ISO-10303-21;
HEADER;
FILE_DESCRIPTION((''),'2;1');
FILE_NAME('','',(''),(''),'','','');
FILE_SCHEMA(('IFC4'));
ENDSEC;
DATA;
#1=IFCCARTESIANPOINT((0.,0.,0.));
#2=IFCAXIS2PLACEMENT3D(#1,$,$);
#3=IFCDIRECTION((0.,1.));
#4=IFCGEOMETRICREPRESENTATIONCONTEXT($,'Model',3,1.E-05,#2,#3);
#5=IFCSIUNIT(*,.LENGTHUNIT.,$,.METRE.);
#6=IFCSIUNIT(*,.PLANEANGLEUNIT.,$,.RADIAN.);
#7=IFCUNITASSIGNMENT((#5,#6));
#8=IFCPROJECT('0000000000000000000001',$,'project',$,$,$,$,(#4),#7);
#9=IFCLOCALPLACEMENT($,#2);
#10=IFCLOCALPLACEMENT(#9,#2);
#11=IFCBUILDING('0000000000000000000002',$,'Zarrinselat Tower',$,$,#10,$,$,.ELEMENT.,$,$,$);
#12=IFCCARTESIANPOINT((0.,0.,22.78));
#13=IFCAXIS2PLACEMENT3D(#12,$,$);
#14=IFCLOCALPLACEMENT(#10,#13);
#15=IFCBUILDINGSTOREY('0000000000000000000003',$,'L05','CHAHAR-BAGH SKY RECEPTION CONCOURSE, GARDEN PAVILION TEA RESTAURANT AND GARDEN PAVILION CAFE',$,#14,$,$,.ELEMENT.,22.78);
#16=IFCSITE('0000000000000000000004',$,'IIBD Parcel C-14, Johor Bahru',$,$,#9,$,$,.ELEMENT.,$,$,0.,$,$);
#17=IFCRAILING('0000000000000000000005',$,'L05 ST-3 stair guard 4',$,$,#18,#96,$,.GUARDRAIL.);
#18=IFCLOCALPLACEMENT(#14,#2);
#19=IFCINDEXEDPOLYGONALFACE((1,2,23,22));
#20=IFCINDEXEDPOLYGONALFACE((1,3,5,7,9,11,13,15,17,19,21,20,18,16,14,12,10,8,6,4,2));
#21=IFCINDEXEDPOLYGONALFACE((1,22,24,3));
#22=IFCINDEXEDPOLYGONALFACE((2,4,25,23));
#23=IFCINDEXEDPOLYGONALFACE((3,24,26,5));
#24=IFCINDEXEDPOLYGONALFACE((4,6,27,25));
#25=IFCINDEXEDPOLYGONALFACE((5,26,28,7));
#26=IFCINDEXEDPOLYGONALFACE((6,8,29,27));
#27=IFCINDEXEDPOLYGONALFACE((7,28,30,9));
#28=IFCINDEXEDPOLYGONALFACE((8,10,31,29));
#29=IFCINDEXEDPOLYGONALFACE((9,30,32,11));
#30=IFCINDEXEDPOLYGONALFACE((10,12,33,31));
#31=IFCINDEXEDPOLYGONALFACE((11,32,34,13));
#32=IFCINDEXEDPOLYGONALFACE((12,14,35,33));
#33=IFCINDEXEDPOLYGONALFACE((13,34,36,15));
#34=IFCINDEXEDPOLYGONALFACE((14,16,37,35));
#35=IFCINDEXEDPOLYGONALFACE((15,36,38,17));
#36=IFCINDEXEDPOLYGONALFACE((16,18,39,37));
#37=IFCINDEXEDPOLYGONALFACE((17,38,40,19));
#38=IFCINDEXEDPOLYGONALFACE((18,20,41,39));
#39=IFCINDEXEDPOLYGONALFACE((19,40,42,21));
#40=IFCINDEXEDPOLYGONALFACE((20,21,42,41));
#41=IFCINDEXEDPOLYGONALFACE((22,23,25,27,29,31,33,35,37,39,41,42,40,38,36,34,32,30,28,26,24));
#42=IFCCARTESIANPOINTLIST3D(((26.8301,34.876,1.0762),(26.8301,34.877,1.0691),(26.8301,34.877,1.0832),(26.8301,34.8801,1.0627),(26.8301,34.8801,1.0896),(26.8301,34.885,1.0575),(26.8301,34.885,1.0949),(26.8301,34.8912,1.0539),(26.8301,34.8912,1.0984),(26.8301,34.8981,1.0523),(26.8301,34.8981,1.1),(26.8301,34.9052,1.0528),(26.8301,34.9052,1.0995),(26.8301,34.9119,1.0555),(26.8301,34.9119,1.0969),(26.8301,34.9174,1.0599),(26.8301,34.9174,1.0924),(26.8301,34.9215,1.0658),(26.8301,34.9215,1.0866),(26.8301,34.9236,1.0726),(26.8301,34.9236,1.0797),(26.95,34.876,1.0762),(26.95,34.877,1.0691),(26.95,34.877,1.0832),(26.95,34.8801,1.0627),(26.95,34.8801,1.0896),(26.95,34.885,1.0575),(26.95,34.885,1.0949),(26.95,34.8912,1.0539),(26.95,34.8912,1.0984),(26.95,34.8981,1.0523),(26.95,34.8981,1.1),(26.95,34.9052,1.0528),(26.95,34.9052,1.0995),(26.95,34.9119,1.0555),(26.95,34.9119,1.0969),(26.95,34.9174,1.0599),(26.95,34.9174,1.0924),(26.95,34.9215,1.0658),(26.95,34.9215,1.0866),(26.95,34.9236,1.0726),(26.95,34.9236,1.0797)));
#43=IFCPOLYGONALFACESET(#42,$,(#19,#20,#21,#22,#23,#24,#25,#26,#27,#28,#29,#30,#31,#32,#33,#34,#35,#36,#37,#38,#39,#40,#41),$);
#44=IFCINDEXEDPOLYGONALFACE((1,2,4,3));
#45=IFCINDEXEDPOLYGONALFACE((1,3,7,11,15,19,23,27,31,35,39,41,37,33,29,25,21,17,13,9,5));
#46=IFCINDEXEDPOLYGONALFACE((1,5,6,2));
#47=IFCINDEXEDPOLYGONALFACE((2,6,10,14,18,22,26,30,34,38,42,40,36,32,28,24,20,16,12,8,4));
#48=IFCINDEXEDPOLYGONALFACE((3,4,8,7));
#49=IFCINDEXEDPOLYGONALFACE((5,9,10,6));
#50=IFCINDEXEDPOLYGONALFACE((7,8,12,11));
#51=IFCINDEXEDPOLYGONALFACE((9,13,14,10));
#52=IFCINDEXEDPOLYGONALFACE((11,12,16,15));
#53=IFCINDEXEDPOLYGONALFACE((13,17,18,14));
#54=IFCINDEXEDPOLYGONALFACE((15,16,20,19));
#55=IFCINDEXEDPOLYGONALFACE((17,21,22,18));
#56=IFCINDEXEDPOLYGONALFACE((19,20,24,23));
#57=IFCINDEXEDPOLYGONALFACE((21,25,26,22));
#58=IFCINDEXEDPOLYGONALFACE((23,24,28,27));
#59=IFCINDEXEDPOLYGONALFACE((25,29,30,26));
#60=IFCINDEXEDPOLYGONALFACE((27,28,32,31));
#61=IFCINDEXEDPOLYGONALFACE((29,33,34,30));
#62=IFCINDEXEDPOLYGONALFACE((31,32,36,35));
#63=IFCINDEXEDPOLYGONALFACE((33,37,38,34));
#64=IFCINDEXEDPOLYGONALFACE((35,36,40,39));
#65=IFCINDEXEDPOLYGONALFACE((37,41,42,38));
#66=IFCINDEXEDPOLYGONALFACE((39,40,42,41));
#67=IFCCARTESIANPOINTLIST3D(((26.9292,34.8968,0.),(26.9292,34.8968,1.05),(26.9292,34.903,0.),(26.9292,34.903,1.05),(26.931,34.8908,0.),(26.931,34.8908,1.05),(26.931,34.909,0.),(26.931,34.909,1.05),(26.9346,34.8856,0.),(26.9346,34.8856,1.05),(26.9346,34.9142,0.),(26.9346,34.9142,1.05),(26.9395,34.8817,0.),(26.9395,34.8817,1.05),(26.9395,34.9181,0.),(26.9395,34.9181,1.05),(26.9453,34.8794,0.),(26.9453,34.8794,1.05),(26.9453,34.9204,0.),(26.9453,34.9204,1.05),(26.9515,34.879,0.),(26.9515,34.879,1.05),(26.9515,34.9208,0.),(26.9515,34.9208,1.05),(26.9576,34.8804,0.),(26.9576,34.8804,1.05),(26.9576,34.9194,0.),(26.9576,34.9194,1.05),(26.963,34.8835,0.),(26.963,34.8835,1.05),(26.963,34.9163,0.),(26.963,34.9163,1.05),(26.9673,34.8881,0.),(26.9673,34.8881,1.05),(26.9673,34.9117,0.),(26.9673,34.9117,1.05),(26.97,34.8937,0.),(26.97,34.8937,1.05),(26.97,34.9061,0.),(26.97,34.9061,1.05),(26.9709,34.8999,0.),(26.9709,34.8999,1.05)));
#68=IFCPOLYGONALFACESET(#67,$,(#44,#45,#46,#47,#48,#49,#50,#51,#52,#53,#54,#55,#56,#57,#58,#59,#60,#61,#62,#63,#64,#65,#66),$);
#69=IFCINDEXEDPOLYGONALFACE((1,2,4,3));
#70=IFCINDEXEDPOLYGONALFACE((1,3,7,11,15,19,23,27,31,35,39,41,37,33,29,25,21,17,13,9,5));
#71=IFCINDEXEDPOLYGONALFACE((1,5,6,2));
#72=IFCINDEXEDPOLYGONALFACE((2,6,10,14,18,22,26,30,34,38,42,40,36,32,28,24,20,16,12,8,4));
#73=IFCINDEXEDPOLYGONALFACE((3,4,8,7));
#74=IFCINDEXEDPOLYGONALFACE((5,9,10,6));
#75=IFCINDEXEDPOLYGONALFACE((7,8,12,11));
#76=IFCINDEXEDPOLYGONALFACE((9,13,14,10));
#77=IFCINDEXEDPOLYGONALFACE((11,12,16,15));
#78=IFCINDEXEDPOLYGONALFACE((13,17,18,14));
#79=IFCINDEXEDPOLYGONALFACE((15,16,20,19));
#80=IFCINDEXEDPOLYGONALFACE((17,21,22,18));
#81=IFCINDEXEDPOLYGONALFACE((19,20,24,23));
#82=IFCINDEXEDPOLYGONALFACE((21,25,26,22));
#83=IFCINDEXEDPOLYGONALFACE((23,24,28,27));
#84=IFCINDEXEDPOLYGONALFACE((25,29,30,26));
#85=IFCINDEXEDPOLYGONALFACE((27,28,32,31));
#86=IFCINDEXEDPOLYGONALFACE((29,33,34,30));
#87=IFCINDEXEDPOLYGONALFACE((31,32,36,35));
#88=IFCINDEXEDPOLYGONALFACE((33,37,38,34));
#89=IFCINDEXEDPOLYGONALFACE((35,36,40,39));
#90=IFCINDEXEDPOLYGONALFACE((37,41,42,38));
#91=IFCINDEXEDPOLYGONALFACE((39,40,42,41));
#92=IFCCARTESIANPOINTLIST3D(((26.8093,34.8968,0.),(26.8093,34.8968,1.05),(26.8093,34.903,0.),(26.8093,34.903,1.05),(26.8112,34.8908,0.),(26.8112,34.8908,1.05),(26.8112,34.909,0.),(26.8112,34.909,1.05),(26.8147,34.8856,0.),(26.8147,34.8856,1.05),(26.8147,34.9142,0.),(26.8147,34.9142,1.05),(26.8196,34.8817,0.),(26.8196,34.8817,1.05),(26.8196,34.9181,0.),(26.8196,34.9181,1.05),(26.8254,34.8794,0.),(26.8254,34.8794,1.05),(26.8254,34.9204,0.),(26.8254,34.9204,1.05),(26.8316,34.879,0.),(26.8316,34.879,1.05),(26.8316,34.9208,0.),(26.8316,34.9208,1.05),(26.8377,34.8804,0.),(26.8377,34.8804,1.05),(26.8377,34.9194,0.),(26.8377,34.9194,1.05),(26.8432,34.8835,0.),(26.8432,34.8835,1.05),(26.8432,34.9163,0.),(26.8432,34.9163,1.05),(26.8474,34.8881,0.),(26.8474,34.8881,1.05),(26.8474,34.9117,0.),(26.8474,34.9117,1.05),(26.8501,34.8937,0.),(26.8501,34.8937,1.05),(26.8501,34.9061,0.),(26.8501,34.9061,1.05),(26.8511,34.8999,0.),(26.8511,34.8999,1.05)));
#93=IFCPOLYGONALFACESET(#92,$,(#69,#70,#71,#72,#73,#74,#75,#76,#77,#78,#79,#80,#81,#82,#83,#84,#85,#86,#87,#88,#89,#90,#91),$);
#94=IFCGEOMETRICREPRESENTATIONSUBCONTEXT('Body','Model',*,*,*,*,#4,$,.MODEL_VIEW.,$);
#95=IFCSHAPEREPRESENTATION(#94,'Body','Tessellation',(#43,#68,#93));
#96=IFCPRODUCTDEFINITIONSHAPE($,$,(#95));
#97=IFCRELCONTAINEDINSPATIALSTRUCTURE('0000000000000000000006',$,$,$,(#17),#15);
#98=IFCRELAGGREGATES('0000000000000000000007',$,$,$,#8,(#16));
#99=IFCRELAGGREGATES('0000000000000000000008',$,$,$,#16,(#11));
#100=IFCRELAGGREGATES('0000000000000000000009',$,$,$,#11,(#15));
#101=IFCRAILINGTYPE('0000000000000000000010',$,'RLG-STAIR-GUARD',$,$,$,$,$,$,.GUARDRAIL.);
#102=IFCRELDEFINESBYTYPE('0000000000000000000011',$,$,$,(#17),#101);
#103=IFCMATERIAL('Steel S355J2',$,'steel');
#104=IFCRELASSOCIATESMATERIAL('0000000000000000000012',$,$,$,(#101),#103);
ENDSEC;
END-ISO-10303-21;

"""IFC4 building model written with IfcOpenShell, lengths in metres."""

from ifc_helpers import new_model, si_unit, direction, frame, origin, origin_2d, place, context, subcontext, project, spatial, circle, extrude, material, type_object, element, save


model = new_model("IFC4")

# Units and contexts
model_context = context("Model", 3, precision=1e-05, world=origin(), true_north=direction((0.0, 1.0)))
body_context = subcontext(model_context, "Body", "Model", "MODEL_VIEW")
ifc_project = project(units=[si_unit("LENGTHUNIT", "METRE"), si_unit("PLANEANGLEUNIT", "RADIAN")], contexts=[model_context])

# Site, building, storey
site_placement = place(None, origin())
site = spatial("IfcSite", under=ifc_project, at=site_placement, Name="IIBD Parcel C-14, Johor Bahru", CompositionType="ELEMENT", RefElevation=0.0)
building_placement = place(site_placement, origin())
building = spatial("IfcBuilding", under=site, at=building_placement, Name="Zarrinselat Tower", CompositionType="ELEMENT")
storey_placement = place(building_placement, frame((0.0, 0.0, 22.78)))
storey = spatial("IfcBuildingStorey", under=building, at=storey_placement, Name="L05", Description="CHAHAR-BAGH SKY RECEPTION CONCOURSE, GARDEN PAVILION TEA RESTAURANT AND GARDEN PAVILION CAFE", CompositionType="ELEMENT", Elevation=22.78)

# Railing
ifc_material_1 = material(Name="Steel S355J2", Category="steel")
railing_type_1 = type_object("IfcRailingType", Name="RLG-STAIR-GUARD", PredefinedType="GUARDRAIL", material=ifc_material_1)
railing_1_placement = place(storey_placement, frame((26.95, 34.8999, 0.0)))
element("IfcRailing", 1, at=railing_1_placement, inside=storey, type_object=railing_type_1, Name="L05 ST-3 stair guard 4", PredefinedType="GUARDRAIL", context=body_context, shape_type="SweptSolid", body=[
    extrude(circle(Radius=0.0239, at=origin_2d()), frame((0.0, 0.0, 1.0762), z_axis=(-1.0, 0.0, 0.0), x_axis=(0.0, -1.0, 0.0)), (0.0, 0.0, 1.0), 0.1199),
    extrude(circle(Radius=0.021, at=origin_2d()), origin(), (0.0, 0.0, 1.0), 1.05),
    extrude(circle(Radius=0.021, at=origin_2d()), frame((-0.1199, 0.0, 0.0)), (0.0, 0.0, 1.0), 1.05),
])

save(model, "model.ifc")
